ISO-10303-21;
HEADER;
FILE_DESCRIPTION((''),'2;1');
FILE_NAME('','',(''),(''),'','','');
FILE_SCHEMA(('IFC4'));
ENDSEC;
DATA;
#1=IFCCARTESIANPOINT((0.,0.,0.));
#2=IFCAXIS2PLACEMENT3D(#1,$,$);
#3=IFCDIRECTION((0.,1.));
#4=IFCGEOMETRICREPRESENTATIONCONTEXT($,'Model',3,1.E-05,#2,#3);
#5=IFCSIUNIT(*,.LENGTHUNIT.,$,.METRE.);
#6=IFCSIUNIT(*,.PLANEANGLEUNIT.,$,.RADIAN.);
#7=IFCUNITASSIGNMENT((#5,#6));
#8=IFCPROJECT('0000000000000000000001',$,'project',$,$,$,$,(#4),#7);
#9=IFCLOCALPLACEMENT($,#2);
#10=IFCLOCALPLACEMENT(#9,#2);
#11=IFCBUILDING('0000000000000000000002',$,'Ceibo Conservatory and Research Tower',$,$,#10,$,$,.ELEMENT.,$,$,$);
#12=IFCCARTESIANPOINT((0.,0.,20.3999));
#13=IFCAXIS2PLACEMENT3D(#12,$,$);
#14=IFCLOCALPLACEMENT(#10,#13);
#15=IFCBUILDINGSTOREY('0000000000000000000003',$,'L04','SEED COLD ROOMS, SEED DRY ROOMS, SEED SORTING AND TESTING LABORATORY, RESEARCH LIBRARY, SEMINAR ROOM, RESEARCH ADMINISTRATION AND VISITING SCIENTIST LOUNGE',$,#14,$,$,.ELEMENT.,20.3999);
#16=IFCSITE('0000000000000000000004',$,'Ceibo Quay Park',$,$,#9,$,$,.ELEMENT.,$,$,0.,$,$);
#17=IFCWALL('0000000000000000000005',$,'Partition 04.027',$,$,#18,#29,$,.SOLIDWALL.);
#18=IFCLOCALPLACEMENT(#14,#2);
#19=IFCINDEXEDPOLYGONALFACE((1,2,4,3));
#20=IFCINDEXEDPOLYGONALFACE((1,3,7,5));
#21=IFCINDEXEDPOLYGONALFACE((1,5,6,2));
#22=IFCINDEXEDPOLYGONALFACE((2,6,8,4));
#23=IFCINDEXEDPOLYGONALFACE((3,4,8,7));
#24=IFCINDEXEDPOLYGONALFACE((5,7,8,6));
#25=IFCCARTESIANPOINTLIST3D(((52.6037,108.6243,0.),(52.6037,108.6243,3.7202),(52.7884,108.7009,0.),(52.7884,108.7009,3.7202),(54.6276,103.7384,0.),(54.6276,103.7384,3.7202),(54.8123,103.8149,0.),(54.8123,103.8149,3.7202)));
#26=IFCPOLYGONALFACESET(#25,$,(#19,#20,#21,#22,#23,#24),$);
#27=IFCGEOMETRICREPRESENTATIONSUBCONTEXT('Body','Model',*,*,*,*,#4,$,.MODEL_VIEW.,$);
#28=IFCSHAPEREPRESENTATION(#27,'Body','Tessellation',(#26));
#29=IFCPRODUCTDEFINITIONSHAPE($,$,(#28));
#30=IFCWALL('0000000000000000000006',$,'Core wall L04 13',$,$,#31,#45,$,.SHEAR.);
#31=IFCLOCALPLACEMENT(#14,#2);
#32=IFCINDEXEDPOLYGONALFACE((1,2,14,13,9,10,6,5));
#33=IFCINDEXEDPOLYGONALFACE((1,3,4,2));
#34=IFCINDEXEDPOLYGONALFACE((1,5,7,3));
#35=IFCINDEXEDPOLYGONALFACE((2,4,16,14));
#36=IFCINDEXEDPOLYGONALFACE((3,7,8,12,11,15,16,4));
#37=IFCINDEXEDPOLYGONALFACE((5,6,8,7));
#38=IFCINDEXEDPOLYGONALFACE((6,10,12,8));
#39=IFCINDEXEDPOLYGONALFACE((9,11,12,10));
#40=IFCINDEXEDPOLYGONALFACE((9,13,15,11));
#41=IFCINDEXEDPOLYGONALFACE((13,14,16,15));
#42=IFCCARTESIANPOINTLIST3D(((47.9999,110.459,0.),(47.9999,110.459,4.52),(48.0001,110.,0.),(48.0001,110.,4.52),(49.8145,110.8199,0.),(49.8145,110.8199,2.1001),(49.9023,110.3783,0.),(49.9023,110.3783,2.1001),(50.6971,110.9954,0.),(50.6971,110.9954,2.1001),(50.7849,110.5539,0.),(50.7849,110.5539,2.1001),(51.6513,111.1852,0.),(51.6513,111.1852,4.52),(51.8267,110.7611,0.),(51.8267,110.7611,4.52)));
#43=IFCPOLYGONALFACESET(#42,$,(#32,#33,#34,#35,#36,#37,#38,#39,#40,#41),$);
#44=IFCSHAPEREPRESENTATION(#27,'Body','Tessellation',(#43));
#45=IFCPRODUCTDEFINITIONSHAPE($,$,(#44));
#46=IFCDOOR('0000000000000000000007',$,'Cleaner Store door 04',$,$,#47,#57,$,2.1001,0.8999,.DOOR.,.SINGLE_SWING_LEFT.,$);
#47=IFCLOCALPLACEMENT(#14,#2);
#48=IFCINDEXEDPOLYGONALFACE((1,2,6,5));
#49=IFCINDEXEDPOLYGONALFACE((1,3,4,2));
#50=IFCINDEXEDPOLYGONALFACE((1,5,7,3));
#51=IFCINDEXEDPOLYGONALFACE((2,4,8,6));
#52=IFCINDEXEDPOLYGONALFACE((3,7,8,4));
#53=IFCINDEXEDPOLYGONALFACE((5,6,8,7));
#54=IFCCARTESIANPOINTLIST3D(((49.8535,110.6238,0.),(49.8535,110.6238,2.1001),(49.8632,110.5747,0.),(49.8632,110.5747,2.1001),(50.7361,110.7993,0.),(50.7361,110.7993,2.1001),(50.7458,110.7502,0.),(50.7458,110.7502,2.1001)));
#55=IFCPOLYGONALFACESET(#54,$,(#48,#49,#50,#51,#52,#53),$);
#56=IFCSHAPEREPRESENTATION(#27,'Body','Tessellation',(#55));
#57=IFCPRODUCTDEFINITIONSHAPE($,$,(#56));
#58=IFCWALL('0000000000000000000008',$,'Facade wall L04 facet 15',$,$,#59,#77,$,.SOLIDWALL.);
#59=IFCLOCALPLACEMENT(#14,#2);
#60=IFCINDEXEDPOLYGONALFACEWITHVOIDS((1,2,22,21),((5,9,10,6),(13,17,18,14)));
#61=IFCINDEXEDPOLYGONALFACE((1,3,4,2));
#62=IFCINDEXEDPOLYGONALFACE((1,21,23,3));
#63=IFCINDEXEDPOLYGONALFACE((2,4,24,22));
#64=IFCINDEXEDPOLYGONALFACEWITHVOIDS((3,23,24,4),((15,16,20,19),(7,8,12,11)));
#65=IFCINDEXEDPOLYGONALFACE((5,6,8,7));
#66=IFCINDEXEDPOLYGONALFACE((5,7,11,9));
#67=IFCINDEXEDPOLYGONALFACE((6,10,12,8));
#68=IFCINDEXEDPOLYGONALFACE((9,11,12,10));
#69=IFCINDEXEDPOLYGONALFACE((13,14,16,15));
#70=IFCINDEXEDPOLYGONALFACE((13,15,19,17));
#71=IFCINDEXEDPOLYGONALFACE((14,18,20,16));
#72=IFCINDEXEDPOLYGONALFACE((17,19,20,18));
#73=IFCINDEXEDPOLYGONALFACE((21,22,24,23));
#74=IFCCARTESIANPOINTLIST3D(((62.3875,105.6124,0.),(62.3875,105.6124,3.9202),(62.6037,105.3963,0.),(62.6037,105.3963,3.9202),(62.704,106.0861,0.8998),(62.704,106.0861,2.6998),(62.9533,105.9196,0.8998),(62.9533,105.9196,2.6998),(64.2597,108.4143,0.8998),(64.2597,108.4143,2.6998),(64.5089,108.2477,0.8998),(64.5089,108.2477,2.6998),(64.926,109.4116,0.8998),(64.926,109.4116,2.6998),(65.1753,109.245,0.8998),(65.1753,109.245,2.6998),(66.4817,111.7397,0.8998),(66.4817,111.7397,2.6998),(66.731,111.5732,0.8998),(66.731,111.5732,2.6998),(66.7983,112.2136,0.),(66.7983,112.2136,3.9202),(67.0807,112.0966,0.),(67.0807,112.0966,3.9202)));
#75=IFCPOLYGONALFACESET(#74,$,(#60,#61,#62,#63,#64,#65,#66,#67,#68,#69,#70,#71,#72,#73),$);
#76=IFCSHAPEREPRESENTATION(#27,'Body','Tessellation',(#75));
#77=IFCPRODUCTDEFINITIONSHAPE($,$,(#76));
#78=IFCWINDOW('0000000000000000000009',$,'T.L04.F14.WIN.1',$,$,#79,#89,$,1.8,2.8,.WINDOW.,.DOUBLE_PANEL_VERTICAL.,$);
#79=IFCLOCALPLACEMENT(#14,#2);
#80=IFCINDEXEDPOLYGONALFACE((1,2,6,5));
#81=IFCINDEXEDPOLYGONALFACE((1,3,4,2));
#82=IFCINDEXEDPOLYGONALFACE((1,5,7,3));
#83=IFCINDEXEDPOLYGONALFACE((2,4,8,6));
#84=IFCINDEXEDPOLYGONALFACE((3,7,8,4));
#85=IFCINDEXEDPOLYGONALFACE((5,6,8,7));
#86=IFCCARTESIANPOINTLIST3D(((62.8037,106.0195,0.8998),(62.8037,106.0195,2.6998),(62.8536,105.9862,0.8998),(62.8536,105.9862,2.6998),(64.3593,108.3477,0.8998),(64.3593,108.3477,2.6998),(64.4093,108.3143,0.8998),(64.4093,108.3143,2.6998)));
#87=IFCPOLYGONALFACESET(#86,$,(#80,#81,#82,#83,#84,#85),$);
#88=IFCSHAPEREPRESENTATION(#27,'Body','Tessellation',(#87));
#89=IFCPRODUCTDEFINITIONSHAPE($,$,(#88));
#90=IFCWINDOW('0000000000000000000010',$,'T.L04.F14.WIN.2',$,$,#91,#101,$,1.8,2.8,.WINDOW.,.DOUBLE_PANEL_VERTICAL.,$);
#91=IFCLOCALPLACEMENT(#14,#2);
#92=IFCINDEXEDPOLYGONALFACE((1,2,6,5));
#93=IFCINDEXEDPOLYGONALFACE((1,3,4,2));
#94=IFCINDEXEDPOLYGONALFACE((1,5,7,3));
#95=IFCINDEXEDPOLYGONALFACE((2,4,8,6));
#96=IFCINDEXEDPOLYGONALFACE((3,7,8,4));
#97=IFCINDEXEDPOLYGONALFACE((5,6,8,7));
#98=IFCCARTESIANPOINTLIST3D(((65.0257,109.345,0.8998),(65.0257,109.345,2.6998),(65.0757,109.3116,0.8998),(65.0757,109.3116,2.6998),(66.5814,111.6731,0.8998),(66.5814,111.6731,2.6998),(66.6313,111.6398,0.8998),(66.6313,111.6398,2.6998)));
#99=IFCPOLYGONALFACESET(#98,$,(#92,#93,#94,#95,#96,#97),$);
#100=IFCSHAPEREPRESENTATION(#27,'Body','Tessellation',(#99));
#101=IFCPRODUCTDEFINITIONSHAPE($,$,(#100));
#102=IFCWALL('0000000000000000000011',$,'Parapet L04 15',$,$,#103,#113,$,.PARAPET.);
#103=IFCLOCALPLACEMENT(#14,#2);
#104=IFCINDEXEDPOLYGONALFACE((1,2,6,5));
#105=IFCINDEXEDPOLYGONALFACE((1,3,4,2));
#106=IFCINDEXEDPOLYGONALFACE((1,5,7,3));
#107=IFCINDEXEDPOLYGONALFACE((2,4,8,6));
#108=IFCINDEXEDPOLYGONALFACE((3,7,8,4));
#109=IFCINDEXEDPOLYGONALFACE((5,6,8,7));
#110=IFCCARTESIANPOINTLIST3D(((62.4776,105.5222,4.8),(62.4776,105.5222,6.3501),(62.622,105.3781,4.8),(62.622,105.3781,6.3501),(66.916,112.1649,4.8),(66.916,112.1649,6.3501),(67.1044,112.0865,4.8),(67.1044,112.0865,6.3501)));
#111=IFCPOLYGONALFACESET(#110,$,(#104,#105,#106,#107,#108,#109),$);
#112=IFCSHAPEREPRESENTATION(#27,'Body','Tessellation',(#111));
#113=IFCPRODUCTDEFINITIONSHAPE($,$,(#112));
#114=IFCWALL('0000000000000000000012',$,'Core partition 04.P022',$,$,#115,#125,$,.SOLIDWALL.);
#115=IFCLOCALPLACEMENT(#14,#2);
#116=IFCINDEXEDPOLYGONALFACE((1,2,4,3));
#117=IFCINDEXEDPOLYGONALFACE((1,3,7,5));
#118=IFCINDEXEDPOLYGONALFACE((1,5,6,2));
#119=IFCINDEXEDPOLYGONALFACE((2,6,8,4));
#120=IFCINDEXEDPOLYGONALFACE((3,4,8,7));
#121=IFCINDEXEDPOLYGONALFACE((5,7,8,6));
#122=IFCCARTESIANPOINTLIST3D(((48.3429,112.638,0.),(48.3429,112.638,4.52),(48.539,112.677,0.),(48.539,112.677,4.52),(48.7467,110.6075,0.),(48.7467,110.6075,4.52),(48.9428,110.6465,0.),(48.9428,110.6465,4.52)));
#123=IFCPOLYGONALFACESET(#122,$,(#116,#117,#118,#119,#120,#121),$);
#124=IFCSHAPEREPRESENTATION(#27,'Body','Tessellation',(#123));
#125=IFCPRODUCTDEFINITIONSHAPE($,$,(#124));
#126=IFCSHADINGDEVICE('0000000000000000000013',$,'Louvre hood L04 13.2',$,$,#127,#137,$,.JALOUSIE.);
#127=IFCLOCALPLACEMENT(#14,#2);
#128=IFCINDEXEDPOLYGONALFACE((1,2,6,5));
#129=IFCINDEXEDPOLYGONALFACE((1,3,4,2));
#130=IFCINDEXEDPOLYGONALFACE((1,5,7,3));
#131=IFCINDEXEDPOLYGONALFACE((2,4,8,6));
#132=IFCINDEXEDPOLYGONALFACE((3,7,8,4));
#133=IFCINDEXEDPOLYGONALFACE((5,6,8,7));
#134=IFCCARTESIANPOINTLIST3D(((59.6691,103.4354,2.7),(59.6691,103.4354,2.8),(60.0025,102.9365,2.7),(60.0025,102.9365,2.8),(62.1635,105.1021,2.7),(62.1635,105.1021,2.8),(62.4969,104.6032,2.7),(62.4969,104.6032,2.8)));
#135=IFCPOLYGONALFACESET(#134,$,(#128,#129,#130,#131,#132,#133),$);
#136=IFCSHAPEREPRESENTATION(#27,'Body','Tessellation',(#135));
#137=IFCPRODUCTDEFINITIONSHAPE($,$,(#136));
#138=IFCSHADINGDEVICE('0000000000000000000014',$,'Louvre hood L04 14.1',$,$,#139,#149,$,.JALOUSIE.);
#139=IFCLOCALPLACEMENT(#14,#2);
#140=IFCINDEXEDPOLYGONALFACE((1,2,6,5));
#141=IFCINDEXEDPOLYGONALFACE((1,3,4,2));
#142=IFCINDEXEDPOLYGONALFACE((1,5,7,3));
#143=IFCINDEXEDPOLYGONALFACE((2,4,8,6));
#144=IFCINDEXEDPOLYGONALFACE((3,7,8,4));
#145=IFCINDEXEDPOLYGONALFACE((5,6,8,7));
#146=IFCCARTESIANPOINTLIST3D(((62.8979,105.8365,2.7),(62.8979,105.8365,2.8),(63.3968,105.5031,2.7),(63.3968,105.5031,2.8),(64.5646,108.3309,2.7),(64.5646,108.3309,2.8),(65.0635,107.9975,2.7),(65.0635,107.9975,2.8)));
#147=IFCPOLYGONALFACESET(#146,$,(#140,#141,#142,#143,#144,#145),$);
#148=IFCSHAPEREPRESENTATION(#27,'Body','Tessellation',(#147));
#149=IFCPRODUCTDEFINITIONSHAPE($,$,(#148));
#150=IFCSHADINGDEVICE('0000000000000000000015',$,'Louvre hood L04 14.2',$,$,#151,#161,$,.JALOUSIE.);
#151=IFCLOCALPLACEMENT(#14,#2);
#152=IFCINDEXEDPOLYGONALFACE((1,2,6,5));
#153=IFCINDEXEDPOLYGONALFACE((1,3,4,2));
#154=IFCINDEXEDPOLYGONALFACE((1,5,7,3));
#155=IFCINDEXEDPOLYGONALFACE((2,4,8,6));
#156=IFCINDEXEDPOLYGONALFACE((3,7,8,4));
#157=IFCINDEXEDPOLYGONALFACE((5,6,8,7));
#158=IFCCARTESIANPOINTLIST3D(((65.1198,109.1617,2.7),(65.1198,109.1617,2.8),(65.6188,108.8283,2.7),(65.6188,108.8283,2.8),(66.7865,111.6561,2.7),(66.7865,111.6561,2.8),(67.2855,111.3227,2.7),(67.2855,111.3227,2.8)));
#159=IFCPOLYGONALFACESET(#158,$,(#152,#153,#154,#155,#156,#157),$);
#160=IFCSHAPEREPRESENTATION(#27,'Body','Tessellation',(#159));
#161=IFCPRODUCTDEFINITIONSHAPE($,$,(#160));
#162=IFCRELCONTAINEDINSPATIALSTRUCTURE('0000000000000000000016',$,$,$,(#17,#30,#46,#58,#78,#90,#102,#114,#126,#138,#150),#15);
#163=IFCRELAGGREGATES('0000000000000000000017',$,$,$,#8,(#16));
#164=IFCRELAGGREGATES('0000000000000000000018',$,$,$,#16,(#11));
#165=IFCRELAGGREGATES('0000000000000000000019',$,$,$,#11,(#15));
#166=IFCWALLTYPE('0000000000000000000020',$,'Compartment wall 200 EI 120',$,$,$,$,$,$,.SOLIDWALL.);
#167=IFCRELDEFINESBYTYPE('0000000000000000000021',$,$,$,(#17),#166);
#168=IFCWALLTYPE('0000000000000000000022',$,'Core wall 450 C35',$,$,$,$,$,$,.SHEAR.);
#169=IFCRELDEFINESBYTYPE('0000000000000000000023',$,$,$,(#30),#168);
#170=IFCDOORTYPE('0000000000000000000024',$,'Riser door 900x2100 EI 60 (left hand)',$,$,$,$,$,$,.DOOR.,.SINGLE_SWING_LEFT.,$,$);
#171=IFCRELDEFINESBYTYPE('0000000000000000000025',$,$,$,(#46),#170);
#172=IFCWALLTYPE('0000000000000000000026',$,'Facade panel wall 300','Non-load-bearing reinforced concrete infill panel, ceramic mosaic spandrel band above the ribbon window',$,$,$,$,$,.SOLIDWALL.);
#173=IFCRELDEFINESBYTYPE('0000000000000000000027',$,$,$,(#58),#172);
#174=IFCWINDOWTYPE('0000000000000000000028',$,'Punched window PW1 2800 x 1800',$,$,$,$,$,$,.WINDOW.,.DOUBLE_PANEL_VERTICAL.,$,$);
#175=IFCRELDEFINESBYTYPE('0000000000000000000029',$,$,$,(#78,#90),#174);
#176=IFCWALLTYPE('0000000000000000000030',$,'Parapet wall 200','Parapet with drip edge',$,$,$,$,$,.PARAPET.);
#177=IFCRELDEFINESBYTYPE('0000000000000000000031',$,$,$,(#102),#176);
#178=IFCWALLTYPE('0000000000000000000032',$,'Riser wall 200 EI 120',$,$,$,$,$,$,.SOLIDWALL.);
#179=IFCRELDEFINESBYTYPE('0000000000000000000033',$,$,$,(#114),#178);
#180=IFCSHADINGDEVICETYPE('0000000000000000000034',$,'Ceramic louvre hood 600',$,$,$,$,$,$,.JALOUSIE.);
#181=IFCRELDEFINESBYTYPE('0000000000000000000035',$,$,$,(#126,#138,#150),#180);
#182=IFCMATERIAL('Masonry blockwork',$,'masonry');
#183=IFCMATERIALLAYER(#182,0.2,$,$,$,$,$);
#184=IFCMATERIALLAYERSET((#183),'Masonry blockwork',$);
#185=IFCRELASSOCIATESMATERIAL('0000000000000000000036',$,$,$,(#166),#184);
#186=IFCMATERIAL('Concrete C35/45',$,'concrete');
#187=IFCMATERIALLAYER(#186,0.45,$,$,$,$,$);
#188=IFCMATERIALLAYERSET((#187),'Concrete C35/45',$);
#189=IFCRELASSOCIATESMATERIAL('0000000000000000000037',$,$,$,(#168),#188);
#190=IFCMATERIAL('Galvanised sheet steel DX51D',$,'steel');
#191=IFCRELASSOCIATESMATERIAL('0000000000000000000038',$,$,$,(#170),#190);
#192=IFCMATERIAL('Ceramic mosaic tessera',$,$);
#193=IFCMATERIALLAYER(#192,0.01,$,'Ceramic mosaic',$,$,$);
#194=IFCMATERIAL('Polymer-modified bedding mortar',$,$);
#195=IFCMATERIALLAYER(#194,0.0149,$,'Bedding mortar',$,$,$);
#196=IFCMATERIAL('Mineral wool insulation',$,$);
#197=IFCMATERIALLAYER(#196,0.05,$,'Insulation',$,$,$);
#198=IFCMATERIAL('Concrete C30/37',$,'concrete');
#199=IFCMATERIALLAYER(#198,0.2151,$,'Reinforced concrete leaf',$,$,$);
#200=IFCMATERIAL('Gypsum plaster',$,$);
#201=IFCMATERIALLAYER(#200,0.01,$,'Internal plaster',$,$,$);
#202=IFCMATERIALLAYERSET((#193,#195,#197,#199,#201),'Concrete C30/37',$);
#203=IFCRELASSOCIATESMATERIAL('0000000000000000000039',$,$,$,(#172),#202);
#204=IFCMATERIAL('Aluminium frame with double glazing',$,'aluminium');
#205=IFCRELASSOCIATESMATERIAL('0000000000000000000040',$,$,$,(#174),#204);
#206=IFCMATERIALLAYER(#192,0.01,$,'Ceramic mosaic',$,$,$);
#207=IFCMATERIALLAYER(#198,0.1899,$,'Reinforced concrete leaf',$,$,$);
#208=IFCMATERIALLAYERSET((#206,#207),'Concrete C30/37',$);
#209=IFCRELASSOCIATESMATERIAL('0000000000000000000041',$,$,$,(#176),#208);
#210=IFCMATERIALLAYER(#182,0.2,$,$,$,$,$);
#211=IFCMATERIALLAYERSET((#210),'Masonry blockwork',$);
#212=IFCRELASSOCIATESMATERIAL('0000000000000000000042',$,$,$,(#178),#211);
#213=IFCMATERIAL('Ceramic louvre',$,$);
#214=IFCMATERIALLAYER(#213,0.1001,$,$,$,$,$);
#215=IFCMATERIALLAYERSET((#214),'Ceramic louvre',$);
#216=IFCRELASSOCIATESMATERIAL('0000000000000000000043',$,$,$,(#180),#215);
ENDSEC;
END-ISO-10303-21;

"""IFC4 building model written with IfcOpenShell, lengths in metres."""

from ifc_helpers import new_model, si_unit, direction, frame, frame_2d, origin, origin_2d, place, context, subcontext, project, spatial, polyline, rectangle, outline, extrude, material, layer, layer_set, type_object, element, fill, save


model = new_model("IFC4")

# Units and contexts
model_context = context("Model", 3, precision=1e-05, world=origin(), true_north=direction((0.0, 1.0)))
body_context = subcontext(model_context, "Body", "Model", "MODEL_VIEW")
ifc_project = project(units=[si_unit("LENGTHUNIT", "METRE"), si_unit("PLANEANGLEUNIT", "RADIAN")], contexts=[model_context])

# Site, building, storey
site_placement = place(None, origin())
site = spatial("IfcSite", under=ifc_project, at=site_placement, Name="Ceibo Quay Park", CompositionType="ELEMENT", RefElevation=0.0)
building_placement = place(site_placement, origin())
building = spatial("IfcBuilding", under=site, at=building_placement, Name="Ceibo Conservatory and Research Tower", CompositionType="ELEMENT")
storey_placement = place(building_placement, frame((0.0, 0.0, 20.3999)))
storey = spatial("IfcBuildingStorey", under=building, at=storey_placement, Name="L04", Description="SEED COLD ROOMS, SEED DRY ROOMS, SEED SORTING AND TESTING LABORATORY, RESEARCH LIBRARY, SEMINAR ROOM, RESEARCH ADMINISTRATION AND VISITING SCIENTIST LOUNGE", CompositionType="ELEMENT", Elevation=20.3999)

# Shared definitions
ifc_material_1 = material(Name="Concrete C35/45", Category="concrete")

# Shared definitions
ifc_material_2 = material(Name="Masonry blockwork", Category="masonry")
ifc_layer_1 = layer(ifc_material_2, 0.2)
ifc_layer_set_1 = layer_set([ifc_layer_1], Name="Masonry blockwork")
wall_type_1 = type_object("IfcWallType", Name="Compartment wall 200 EI 120", PredefinedType="SOLIDWALL", material=ifc_layer_set_1)
ifc_material_3 = material(Name="Galvanised sheet steel DX51D", Category="steel")

# Wall
wall_1_placement = place(storey_placement, frame((52.696, 108.6626, 0.0), z_axis=(0.0, 0.0, 1.0), x_axis=(0.382697, -0.923874, 0.0)))
element("IfcWall", 1, at=wall_1_placement, inside=storey, type_object=wall_type_1, Name="Partition 04.027", PredefinedType="SOLIDWALL", context=body_context, shape_type="SweptSolid", body=[
    extrude(rectangle(XDim=5.2886, YDim=0.2, at=frame_2d((2.6443, 0.0))), origin(), (0.0, 0.0, 1.0), 3.7202),
])

# Wall, opening, door
ifc_layer_2 = layer(ifc_material_1, 0.45)
ifc_layer_set_2 = layer_set([ifc_layer_2], Name="Concrete C35/45")
wall_type_2 = type_object("IfcWallType", Name="Core wall 450 C35", PredefinedType="SHEAR", material=ifc_layer_set_2)
wall_2_placement = place(storey_placement, frame((48.0, 110.2295, 0.0), z_axis=(0.0, 0.0, 1.0), x_axis=(0.980789, 0.195069, 0.0)))
wall_2 = element("IfcWall", 2, at=wall_2_placement, inside=storey, type_object=wall_type_2, Name="Core wall L04 13", PredefinedType="SHEAR", context=body_context, shape_type="SweptSolid", body=[
    extrude(outline(polyline([(-0.0447, -0.2251), (3.8569, -0.2251), (3.7676, 0.2251), (0.0447, 0.2251), (-0.0447, -0.2251)])), origin(), (0.0, 0.0, 1.0), 4.52),
])
opening_1_placement = place(wall_2_placement, frame((1.8948, 0.0, 0.0)))
opening_1 = element("IfcOpeningElement", 3, at=opening_1_placement, cuts=wall_2, PredefinedType="OPENING", context=body_context, shape_type="SweptSolid", body=[
    extrude(rectangle(XDim=0.8999, YDim=2.1001, at=frame_2d((0.45, 1.05))), frame((0.0, 0.2349, 0.0), z_axis=(0.0, -1.0, 0.0), x_axis=(1.0, 0.0, 0.0)), (0.0, 0.0, 1.0), 0.47),
])
door_type_1 = type_object("IfcDoorType", Name="Riser door 900x2100 EI 60 (left hand)", OperationType="SINGLE_SWING_LEFT", PredefinedType="DOOR", material=ifc_material_3)
door_1_placement = place(opening_1_placement, frame((0.8999, 0.0, 0.0), z_axis=(0.0, 0.0, 1.0), x_axis=(-1.0, 0.0, 0.0)))
door_1 = element("IfcDoor", 4, at=door_1_placement, inside=storey, type_object=door_type_1, Name="Cleaner Store door 04", OperationType="SINGLE_SWING_LEFT", OverallHeight=2.1001, OverallWidth=0.8999, PredefinedType="DOOR", context=body_context, shape_type="SweptSolid", body=[
    extrude(rectangle(XDim=0.8999, YDim=2.1001, at=frame_2d((0.45, 1.05))), frame((0.0, 0.0249, 0.0), z_axis=(0.0, -1.0, 0.0), x_axis=(1.0, 0.0, 0.0)), (0.0, 0.0, 1.0), 0.05),
])
fill(opening_1, door_1)

# Wall, openings, windows
ifc_material_4 = material(Name="Ceramic mosaic tessera")
ifc_layer_3 = layer(ifc_material_4, 0.01, Name="Ceramic mosaic")
ifc_material_5 = material(Name="Polymer-modified bedding mortar")
ifc_layer_4 = layer(ifc_material_5, 0.0149, Name="Bedding mortar")
ifc_material_6 = material(Name="Mineral wool insulation")
ifc_layer_5 = layer(ifc_material_6, 0.05, Name="Insulation")
ifc_material_7 = material(Name="Concrete C30/37", Category="concrete")
ifc_layer_6 = layer(ifc_material_7, 0.2151, Name="Reinforced concrete leaf")
ifc_material_8 = material(Name="Gypsum plaster")
ifc_layer_7 = layer(ifc_material_8, 0.01, Name="Internal plaster")
ifc_layer_set_3 = layer_set([ifc_layer_3, ifc_layer_4, ifc_layer_5, ifc_layer_6, ifc_layer_7], Name="Concrete C30/37")
wall_type_3 = type_object("IfcWallType", Name="Facade panel wall 300", Description="Non-load-bearing reinforced concrete infill panel, ceramic mosaic spandrel band above the ribbon window", PredefinedType="SOLIDWALL", material=ifc_layer_set_3)
wall_3_placement = place(storey_placement, frame((62.4956, 105.5044, 0.0), z_axis=(0.0, 0.0, 1.0), x_axis=(0.555573, 0.831468, 0.0)))
wall_3 = element("IfcWall", 5, at=wall_3_placement, inside=storey, type_object=wall_type_3, Name="Facade wall L04 facet 15", PredefinedType="SOLIDWALL", context=body_context, shape_type="SweptSolid", body=[
    extrude(outline(polyline([(-0.0298, -0.1499), (8.0286, -0.1499), (7.969, 0.1499), (0.0298, 0.1499), (-0.0298, -0.1499)])), origin(), (0.0, 0.0, 1.0), 3.9202),
])
opening_2_placement = place(wall_3_placement, frame((0.5996, 0.0, 0.8999)))
opening_2 = element("IfcOpeningElement", 6, at=opening_2_placement, cuts=wall_3, PredefinedType="OPENING", context=body_context, shape_type="SweptSolid", body=[
    extrude(rectangle(XDim=2.8, YDim=1.8, at=frame_2d((1.3999, 0.8999))), frame((0.0, 0.1599, 0.0), z_axis=(0.0, -1.0, 0.0), x_axis=(1.0, 0.0, 0.0)), (0.0, 0.0, 1.0), 0.3201),
])
opening_3_placement = place(wall_3_placement, frame((4.5991, 0.0, 0.8999)))
opening_3 = element("IfcOpeningElement", 7, at=opening_3_placement, cuts=wall_3, PredefinedType="OPENING", context=body_context, shape_type="SweptSolid", body=[
    extrude(rectangle(XDim=2.8, YDim=1.8, at=frame_2d((1.3999, 0.8999))), frame((0.0, 0.1599, 0.0), z_axis=(0.0, -1.0, 0.0), x_axis=(1.0, 0.0, 0.0)), (0.0, 0.0, 1.0), 0.3201),
])
ifc_material_9 = material(Name="Aluminium frame with double glazing", Category="aluminium")
window_type = type_object("IfcWindowType", Name="Punched window PW1 2800 x 1800", PartitioningType="DOUBLE_PANEL_VERTICAL", PredefinedType="WINDOW", material=ifc_material_9)
window_1_placement = place(opening_2_placement, origin())
window_1 = element("IfcWindow", 8, at=window_1_placement, inside=storey, type_object=window_type, Name="T.L04.F14.WIN.1", OverallHeight=1.8, OverallWidth=2.8, PartitioningType="DOUBLE_PANEL_VERTICAL", PredefinedType="WINDOW", context=body_context, shape_type="SweptSolid", body=[
    extrude(rectangle(XDim=2.8, YDim=1.8, at=frame_2d((1.3999, 0.8999))), frame((0.0, 0.03, 0.0), z_axis=(0.0, -1.0, 0.0), x_axis=(1.0, 0.0, 0.0)), (0.0, 0.0, 1.0), 0.0601),
])
fill(opening_2, window_1)
window_2_placement = place(opening_3_placement, origin())
window_2 = element("IfcWindow", 9, at=window_2_placement, inside=storey, type_object=window_type, Name="T.L04.F14.WIN.2", OverallHeight=1.8, OverallWidth=2.8, PartitioningType="DOUBLE_PANEL_VERTICAL", PredefinedType="WINDOW", context=body_context, shape_type="SweptSolid", body=[
    extrude(rectangle(XDim=2.8, YDim=1.8, at=frame_2d((1.3999, 0.8999))), frame((0.0, 0.03, 0.0), z_axis=(0.0, -1.0, 0.0), x_axis=(1.0, 0.0, 0.0)), (0.0, 0.0, 1.0), 0.0601),
])
fill(opening_3, window_2)

# Walls
ifc_layer_8 = layer(ifc_material_4, 0.01, Name="Ceramic mosaic")
ifc_layer_9 = layer(ifc_material_7, 0.1899, Name="Reinforced concrete leaf")
ifc_layer_set_4 = layer_set([ifc_layer_8, ifc_layer_9], Name="Concrete C30/37")
wall_type_4 = type_object("IfcWallType", Name="Parapet wall 200", Description="Parapet with drip edge", PredefinedType="PARAPET", material=ifc_layer_set_4)
wall_4_placement = place(storey_placement, frame((62.5498, 105.4502, 4.8), z_axis=(0.0, 0.0, 1.0), x_axis=(0.55557, 0.83147, 0.0)))
element("IfcWall", 10, at=wall_4_placement, inside=storey, type_object=wall_type_4, Name="Parapet L04 15", PredefinedType="PARAPET", context=body_context, shape_type="SweptSolid", body=[
    extrude(outline(polyline([(-0.0198, -0.1001), (8.0483, -0.1001), (8.0088, 0.1001), (0.0198, 0.1001), (-0.0198, -0.1001)])), origin(), (0.0, 0.0, 1.0), 1.55),
])
ifc_layer_10 = layer(ifc_material_2, 0.2)
ifc_layer_set_5 = layer_set([ifc_layer_10], Name="Masonry blockwork")
wall_type_5 = type_object("IfcWallType", Name="Riser wall 200 EI 120", PredefinedType="SOLIDWALL", material=ifc_layer_set_5)
wall_5_placement = place(storey_placement, frame((48.8447, 110.627, 0.0), z_axis=(0.0, 0.0, 1.0), x_axis=(-0.19505, 0.980793, 0.0)))
element("IfcWall", 11, at=wall_5_placement, inside=storey, type_object=wall_type_5, Name="Core partition 04.P022", PredefinedType="SOLIDWALL", context=body_context, shape_type="SweptSolid", body=[
    extrude(rectangle(XDim=2.0703, YDim=0.2, at=frame_2d((1.0352, 0.0))), origin(), (0.0, 0.0, 1.0), 4.52),
])

# Shading devices
ifc_material_10 = material(Name="Ceramic louvre")
ifc_layer_11 = layer(ifc_material_10, 0.1001)
ifc_layer_set_6 = layer_set([ifc_layer_11], Name="Ceramic louvre")
shading_device_type = type_object("IfcShadingDeviceType", Name="Ceramic louvre hood 600", PredefinedType="JALOUSIE", material=ifc_layer_set_6)
for number, where, z_axis, x_axis, name in (
    (12, (61.083, 104.0193, 2.7), (0.0, 0.0, 1.0), (0.83147, 0.55557, 0.0), "Louvre hood L04 13.2"),
    (13, (63.9807, 106.917, 2.7), (0.0, 0.0, 1.0), (0.55557, 0.83147, 0.0), "Louvre hood L04 14.1"),
    (14, (66.2026, 110.2422, 2.7), (0.0, 0.0, 1.0), (0.55557, 0.83147, 0.0), "Louvre hood L04 14.2"),
):
    element("IfcShadingDevice", number, at=place(storey_placement, frame(where, z_axis=z_axis, x_axis=x_axis)), inside=storey, type_object=shading_device_type, Name=name, PredefinedType="JALOUSIE", context=body_context, shape_type="SweptSolid", body=[
        extrude(rectangle(XDim=3.0, YDim=0.6001, at=origin_2d()), origin(), (0.0, 0.0, 1.0), 0.1001),
    ])

save(model, "model.ifc")
